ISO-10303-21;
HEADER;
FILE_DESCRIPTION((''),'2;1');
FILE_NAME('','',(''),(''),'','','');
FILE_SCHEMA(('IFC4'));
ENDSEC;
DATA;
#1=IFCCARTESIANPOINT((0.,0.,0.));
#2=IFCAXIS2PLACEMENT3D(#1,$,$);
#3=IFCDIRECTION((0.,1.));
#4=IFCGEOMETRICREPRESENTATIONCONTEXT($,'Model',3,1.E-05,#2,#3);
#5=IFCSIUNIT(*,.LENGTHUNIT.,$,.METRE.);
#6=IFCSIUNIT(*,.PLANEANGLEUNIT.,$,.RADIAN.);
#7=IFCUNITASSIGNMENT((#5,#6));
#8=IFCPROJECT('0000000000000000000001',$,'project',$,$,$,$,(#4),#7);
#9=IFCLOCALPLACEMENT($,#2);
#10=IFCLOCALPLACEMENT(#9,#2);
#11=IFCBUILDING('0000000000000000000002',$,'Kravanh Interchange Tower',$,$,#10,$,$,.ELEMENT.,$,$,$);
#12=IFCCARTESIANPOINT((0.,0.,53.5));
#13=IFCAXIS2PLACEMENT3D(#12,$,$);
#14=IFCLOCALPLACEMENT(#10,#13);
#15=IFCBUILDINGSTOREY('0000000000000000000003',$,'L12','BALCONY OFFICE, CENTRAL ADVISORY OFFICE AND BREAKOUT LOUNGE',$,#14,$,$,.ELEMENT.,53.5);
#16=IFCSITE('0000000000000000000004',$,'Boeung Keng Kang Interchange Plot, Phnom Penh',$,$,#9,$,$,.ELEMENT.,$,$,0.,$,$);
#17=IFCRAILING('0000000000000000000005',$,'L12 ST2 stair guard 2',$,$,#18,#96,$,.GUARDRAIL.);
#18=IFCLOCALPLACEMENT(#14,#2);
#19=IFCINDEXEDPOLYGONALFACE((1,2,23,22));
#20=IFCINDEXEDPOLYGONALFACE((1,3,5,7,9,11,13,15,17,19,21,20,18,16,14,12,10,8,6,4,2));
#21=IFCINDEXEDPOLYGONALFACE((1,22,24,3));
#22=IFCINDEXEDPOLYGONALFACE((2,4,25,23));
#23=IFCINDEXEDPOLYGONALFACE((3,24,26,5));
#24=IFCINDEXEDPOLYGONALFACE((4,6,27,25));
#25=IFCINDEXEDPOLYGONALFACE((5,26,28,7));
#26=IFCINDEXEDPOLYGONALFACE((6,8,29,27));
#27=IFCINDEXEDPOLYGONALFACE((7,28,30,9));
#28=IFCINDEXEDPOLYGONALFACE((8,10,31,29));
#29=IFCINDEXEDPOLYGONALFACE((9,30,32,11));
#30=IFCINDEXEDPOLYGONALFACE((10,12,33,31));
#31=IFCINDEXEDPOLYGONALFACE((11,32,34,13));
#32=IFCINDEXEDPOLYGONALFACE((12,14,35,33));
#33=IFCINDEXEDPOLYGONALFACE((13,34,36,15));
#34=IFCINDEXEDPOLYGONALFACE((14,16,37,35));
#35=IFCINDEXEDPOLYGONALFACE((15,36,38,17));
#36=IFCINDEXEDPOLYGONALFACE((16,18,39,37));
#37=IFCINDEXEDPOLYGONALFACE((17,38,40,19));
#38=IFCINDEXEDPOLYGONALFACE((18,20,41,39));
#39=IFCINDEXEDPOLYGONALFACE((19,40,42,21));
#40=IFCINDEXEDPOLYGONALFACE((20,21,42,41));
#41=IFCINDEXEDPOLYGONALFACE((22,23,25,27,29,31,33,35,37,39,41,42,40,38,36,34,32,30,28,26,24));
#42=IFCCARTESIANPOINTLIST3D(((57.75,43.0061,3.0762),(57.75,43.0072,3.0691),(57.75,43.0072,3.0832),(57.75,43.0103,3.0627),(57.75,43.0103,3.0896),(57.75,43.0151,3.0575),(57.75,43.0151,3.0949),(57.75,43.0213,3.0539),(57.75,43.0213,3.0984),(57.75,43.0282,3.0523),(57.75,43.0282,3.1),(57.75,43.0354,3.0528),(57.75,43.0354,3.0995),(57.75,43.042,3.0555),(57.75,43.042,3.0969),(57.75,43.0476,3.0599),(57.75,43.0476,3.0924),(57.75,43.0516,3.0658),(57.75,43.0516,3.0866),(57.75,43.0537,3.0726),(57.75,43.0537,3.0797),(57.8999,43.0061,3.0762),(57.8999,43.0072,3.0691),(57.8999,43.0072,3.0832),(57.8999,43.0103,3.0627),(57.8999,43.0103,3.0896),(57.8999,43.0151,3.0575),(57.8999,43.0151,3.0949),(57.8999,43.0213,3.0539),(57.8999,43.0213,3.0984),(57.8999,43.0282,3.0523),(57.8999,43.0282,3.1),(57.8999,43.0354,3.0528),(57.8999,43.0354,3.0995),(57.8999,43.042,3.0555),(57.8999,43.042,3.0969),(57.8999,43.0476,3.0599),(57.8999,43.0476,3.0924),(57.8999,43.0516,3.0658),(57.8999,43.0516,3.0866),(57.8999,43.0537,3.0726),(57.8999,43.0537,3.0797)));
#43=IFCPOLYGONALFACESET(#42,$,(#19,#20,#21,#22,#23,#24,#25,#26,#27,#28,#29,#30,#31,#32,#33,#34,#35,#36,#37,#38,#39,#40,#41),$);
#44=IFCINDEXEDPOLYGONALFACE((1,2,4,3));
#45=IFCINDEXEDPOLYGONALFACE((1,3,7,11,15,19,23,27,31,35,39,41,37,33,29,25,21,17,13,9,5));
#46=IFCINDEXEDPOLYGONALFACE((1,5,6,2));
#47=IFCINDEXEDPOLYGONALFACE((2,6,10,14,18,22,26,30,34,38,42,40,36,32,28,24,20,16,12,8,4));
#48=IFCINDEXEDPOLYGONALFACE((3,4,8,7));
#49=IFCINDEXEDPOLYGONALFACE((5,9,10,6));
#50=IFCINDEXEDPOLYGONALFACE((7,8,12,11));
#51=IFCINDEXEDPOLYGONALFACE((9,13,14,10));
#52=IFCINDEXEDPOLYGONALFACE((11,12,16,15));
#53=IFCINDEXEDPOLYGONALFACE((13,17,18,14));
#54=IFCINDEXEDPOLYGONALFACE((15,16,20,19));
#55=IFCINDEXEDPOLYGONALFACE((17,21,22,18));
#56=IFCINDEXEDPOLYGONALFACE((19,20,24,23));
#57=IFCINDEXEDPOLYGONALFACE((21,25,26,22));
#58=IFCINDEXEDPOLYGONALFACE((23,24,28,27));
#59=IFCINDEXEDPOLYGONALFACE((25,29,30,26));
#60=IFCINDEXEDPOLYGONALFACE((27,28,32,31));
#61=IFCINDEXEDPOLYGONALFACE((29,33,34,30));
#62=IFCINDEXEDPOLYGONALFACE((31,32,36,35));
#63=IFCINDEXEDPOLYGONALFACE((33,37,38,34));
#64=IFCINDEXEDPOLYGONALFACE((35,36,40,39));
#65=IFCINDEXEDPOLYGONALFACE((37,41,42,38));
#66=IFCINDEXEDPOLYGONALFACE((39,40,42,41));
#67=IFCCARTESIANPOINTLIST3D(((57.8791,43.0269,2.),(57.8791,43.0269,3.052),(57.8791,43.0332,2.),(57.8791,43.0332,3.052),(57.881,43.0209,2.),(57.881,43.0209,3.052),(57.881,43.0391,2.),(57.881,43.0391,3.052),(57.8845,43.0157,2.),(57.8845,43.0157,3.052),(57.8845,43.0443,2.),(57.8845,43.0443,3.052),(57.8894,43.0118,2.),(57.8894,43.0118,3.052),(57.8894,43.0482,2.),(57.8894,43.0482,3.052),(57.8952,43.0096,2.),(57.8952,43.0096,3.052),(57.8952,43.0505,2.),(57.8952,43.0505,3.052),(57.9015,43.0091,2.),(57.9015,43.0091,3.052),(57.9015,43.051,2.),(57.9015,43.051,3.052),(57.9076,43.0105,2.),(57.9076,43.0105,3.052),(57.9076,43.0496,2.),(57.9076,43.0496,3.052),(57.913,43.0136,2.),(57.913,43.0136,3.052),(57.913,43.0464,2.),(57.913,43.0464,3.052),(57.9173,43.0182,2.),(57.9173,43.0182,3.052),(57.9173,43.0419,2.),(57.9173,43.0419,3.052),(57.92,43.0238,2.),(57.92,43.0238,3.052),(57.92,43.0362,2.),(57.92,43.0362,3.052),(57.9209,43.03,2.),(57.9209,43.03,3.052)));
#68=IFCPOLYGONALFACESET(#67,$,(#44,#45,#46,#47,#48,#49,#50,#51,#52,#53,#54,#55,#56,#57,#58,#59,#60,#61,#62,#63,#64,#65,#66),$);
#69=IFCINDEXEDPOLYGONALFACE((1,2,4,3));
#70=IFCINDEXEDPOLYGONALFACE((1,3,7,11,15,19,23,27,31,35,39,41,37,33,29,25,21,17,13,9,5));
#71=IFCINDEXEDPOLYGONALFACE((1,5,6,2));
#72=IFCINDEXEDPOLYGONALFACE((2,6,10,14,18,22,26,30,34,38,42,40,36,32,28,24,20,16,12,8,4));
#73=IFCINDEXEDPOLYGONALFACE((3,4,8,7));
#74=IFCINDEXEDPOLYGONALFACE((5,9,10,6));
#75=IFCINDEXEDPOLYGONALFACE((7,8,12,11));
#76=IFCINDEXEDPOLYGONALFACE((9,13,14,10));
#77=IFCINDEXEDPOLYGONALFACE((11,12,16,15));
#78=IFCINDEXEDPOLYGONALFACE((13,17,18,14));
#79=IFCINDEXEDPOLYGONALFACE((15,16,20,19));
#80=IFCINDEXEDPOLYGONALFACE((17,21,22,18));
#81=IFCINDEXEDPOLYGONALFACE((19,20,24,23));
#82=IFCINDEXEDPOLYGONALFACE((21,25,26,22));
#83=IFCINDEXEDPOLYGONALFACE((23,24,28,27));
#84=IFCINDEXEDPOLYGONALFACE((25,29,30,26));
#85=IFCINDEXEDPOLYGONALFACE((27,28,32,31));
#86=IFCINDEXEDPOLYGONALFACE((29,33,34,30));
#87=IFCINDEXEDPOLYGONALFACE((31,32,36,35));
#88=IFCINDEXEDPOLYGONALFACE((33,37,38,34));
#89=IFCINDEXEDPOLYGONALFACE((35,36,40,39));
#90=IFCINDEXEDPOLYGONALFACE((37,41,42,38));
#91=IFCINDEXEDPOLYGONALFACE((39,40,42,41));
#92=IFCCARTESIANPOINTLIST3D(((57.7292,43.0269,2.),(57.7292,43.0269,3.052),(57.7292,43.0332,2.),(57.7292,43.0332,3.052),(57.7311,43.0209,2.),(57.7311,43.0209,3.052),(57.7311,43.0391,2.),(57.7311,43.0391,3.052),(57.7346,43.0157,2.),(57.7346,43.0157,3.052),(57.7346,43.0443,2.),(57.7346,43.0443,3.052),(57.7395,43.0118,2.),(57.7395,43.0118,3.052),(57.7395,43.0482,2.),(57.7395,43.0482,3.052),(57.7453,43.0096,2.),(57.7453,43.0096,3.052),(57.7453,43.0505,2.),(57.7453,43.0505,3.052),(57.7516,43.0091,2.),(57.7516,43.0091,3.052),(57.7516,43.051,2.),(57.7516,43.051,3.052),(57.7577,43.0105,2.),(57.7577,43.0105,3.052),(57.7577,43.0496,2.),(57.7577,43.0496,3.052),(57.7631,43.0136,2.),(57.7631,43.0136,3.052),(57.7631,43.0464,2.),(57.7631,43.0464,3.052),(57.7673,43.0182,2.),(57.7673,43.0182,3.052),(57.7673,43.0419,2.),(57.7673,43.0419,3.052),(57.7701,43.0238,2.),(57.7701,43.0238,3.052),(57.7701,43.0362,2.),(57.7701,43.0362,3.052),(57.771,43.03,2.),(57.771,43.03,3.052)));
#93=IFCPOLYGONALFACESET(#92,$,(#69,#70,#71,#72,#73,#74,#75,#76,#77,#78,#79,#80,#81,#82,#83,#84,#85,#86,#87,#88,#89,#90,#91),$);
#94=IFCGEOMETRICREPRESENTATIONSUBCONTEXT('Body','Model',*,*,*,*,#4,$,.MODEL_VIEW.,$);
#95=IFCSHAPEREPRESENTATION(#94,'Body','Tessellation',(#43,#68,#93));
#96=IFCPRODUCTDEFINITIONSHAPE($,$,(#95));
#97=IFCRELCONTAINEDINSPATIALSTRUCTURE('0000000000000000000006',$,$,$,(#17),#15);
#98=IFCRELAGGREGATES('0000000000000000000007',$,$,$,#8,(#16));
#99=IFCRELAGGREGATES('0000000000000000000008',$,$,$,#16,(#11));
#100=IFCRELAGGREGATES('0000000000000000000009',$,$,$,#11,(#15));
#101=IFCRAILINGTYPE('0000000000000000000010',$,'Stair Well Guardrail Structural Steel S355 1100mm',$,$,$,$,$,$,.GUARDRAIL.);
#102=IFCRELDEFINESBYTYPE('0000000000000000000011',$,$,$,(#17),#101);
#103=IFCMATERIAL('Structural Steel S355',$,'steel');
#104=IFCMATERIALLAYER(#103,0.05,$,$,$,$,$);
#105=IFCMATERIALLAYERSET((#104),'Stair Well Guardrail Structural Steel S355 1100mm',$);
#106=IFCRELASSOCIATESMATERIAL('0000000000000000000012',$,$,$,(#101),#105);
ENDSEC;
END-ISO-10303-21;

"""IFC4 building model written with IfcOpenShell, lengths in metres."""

from ifc_helpers import new_model, si_unit, direction, frame, origin, origin_2d, place, context, subcontext, project, spatial, circle, extrude, material, layer, layer_set, type_object, element, save


model = new_model("IFC4")

# Units and contexts
model_context = context("Model", 3, precision=1e-05, world=origin(), true_north=direction((0.0, 1.0)))
body_context = subcontext(model_context, "Body", "Model", "MODEL_VIEW")
ifc_project = project(units=[si_unit("LENGTHUNIT", "METRE"), si_unit("PLANEANGLEUNIT", "RADIAN")], contexts=[model_context])

# Site, building, storey
site_placement = place(None, origin())
site = spatial("IfcSite", under=ifc_project, at=site_placement, Name="Boeung Keng Kang Interchange Plot, Phnom Penh", CompositionType="ELEMENT", RefElevation=0.0)
building_placement = place(site_placement, origin())
building = spatial("IfcBuilding", under=site, at=building_placement, Name="Kravanh Interchange Tower", CompositionType="ELEMENT")
storey_placement = place(building_placement, frame((0.0, 0.0, 53.5)))
storey = spatial("IfcBuildingStorey", under=building, at=storey_placement, Name="L12", Description="BALCONY OFFICE, CENTRAL ADVISORY OFFICE AND BREAKOUT LOUNGE", CompositionType="ELEMENT", Elevation=53.5)

# Railing
ifc_material_1 = material(Name="Structural Steel S355", Category="steel")
ifc_layer_1 = layer(ifc_material_1, 0.05)
ifc_layer_set_1 = layer_set([ifc_layer_1], Name="Stair Well Guardrail Structural Steel S355 1100mm")
railing_type_1 = type_object("IfcRailingType", Name="Stair Well Guardrail Structural Steel S355 1100mm", PredefinedType="GUARDRAIL", material=ifc_layer_set_1)
railing_1_placement = place(storey_placement, frame((57.8999, 43.03, 2.0)))
element("IfcRailing", 1, at=railing_1_placement, inside=storey, type_object=railing_type_1, Name="L12 ST2 stair guard 2", PredefinedType="GUARDRAIL", context=body_context, shape_type="SweptSolid", body=[
    extrude(circle(Radius=0.0239, at=origin_2d()), frame((0.0, 0.0, 1.0762), z_axis=(-1.0, 0.0, 0.0), x_axis=(0.0, -1.0, 0.0)), (0.0, 0.0, 1.0), 0.1499),
    extrude(circle(Radius=0.021, at=origin_2d()), origin(), (0.0, 0.0, 1.0), 1.052),
    extrude(circle(Radius=0.021, at=origin_2d()), frame((-0.1499, 0.0, 0.0)), (0.0, 0.0, 1.0), 1.052),
])

save(model, "model.ifc")
